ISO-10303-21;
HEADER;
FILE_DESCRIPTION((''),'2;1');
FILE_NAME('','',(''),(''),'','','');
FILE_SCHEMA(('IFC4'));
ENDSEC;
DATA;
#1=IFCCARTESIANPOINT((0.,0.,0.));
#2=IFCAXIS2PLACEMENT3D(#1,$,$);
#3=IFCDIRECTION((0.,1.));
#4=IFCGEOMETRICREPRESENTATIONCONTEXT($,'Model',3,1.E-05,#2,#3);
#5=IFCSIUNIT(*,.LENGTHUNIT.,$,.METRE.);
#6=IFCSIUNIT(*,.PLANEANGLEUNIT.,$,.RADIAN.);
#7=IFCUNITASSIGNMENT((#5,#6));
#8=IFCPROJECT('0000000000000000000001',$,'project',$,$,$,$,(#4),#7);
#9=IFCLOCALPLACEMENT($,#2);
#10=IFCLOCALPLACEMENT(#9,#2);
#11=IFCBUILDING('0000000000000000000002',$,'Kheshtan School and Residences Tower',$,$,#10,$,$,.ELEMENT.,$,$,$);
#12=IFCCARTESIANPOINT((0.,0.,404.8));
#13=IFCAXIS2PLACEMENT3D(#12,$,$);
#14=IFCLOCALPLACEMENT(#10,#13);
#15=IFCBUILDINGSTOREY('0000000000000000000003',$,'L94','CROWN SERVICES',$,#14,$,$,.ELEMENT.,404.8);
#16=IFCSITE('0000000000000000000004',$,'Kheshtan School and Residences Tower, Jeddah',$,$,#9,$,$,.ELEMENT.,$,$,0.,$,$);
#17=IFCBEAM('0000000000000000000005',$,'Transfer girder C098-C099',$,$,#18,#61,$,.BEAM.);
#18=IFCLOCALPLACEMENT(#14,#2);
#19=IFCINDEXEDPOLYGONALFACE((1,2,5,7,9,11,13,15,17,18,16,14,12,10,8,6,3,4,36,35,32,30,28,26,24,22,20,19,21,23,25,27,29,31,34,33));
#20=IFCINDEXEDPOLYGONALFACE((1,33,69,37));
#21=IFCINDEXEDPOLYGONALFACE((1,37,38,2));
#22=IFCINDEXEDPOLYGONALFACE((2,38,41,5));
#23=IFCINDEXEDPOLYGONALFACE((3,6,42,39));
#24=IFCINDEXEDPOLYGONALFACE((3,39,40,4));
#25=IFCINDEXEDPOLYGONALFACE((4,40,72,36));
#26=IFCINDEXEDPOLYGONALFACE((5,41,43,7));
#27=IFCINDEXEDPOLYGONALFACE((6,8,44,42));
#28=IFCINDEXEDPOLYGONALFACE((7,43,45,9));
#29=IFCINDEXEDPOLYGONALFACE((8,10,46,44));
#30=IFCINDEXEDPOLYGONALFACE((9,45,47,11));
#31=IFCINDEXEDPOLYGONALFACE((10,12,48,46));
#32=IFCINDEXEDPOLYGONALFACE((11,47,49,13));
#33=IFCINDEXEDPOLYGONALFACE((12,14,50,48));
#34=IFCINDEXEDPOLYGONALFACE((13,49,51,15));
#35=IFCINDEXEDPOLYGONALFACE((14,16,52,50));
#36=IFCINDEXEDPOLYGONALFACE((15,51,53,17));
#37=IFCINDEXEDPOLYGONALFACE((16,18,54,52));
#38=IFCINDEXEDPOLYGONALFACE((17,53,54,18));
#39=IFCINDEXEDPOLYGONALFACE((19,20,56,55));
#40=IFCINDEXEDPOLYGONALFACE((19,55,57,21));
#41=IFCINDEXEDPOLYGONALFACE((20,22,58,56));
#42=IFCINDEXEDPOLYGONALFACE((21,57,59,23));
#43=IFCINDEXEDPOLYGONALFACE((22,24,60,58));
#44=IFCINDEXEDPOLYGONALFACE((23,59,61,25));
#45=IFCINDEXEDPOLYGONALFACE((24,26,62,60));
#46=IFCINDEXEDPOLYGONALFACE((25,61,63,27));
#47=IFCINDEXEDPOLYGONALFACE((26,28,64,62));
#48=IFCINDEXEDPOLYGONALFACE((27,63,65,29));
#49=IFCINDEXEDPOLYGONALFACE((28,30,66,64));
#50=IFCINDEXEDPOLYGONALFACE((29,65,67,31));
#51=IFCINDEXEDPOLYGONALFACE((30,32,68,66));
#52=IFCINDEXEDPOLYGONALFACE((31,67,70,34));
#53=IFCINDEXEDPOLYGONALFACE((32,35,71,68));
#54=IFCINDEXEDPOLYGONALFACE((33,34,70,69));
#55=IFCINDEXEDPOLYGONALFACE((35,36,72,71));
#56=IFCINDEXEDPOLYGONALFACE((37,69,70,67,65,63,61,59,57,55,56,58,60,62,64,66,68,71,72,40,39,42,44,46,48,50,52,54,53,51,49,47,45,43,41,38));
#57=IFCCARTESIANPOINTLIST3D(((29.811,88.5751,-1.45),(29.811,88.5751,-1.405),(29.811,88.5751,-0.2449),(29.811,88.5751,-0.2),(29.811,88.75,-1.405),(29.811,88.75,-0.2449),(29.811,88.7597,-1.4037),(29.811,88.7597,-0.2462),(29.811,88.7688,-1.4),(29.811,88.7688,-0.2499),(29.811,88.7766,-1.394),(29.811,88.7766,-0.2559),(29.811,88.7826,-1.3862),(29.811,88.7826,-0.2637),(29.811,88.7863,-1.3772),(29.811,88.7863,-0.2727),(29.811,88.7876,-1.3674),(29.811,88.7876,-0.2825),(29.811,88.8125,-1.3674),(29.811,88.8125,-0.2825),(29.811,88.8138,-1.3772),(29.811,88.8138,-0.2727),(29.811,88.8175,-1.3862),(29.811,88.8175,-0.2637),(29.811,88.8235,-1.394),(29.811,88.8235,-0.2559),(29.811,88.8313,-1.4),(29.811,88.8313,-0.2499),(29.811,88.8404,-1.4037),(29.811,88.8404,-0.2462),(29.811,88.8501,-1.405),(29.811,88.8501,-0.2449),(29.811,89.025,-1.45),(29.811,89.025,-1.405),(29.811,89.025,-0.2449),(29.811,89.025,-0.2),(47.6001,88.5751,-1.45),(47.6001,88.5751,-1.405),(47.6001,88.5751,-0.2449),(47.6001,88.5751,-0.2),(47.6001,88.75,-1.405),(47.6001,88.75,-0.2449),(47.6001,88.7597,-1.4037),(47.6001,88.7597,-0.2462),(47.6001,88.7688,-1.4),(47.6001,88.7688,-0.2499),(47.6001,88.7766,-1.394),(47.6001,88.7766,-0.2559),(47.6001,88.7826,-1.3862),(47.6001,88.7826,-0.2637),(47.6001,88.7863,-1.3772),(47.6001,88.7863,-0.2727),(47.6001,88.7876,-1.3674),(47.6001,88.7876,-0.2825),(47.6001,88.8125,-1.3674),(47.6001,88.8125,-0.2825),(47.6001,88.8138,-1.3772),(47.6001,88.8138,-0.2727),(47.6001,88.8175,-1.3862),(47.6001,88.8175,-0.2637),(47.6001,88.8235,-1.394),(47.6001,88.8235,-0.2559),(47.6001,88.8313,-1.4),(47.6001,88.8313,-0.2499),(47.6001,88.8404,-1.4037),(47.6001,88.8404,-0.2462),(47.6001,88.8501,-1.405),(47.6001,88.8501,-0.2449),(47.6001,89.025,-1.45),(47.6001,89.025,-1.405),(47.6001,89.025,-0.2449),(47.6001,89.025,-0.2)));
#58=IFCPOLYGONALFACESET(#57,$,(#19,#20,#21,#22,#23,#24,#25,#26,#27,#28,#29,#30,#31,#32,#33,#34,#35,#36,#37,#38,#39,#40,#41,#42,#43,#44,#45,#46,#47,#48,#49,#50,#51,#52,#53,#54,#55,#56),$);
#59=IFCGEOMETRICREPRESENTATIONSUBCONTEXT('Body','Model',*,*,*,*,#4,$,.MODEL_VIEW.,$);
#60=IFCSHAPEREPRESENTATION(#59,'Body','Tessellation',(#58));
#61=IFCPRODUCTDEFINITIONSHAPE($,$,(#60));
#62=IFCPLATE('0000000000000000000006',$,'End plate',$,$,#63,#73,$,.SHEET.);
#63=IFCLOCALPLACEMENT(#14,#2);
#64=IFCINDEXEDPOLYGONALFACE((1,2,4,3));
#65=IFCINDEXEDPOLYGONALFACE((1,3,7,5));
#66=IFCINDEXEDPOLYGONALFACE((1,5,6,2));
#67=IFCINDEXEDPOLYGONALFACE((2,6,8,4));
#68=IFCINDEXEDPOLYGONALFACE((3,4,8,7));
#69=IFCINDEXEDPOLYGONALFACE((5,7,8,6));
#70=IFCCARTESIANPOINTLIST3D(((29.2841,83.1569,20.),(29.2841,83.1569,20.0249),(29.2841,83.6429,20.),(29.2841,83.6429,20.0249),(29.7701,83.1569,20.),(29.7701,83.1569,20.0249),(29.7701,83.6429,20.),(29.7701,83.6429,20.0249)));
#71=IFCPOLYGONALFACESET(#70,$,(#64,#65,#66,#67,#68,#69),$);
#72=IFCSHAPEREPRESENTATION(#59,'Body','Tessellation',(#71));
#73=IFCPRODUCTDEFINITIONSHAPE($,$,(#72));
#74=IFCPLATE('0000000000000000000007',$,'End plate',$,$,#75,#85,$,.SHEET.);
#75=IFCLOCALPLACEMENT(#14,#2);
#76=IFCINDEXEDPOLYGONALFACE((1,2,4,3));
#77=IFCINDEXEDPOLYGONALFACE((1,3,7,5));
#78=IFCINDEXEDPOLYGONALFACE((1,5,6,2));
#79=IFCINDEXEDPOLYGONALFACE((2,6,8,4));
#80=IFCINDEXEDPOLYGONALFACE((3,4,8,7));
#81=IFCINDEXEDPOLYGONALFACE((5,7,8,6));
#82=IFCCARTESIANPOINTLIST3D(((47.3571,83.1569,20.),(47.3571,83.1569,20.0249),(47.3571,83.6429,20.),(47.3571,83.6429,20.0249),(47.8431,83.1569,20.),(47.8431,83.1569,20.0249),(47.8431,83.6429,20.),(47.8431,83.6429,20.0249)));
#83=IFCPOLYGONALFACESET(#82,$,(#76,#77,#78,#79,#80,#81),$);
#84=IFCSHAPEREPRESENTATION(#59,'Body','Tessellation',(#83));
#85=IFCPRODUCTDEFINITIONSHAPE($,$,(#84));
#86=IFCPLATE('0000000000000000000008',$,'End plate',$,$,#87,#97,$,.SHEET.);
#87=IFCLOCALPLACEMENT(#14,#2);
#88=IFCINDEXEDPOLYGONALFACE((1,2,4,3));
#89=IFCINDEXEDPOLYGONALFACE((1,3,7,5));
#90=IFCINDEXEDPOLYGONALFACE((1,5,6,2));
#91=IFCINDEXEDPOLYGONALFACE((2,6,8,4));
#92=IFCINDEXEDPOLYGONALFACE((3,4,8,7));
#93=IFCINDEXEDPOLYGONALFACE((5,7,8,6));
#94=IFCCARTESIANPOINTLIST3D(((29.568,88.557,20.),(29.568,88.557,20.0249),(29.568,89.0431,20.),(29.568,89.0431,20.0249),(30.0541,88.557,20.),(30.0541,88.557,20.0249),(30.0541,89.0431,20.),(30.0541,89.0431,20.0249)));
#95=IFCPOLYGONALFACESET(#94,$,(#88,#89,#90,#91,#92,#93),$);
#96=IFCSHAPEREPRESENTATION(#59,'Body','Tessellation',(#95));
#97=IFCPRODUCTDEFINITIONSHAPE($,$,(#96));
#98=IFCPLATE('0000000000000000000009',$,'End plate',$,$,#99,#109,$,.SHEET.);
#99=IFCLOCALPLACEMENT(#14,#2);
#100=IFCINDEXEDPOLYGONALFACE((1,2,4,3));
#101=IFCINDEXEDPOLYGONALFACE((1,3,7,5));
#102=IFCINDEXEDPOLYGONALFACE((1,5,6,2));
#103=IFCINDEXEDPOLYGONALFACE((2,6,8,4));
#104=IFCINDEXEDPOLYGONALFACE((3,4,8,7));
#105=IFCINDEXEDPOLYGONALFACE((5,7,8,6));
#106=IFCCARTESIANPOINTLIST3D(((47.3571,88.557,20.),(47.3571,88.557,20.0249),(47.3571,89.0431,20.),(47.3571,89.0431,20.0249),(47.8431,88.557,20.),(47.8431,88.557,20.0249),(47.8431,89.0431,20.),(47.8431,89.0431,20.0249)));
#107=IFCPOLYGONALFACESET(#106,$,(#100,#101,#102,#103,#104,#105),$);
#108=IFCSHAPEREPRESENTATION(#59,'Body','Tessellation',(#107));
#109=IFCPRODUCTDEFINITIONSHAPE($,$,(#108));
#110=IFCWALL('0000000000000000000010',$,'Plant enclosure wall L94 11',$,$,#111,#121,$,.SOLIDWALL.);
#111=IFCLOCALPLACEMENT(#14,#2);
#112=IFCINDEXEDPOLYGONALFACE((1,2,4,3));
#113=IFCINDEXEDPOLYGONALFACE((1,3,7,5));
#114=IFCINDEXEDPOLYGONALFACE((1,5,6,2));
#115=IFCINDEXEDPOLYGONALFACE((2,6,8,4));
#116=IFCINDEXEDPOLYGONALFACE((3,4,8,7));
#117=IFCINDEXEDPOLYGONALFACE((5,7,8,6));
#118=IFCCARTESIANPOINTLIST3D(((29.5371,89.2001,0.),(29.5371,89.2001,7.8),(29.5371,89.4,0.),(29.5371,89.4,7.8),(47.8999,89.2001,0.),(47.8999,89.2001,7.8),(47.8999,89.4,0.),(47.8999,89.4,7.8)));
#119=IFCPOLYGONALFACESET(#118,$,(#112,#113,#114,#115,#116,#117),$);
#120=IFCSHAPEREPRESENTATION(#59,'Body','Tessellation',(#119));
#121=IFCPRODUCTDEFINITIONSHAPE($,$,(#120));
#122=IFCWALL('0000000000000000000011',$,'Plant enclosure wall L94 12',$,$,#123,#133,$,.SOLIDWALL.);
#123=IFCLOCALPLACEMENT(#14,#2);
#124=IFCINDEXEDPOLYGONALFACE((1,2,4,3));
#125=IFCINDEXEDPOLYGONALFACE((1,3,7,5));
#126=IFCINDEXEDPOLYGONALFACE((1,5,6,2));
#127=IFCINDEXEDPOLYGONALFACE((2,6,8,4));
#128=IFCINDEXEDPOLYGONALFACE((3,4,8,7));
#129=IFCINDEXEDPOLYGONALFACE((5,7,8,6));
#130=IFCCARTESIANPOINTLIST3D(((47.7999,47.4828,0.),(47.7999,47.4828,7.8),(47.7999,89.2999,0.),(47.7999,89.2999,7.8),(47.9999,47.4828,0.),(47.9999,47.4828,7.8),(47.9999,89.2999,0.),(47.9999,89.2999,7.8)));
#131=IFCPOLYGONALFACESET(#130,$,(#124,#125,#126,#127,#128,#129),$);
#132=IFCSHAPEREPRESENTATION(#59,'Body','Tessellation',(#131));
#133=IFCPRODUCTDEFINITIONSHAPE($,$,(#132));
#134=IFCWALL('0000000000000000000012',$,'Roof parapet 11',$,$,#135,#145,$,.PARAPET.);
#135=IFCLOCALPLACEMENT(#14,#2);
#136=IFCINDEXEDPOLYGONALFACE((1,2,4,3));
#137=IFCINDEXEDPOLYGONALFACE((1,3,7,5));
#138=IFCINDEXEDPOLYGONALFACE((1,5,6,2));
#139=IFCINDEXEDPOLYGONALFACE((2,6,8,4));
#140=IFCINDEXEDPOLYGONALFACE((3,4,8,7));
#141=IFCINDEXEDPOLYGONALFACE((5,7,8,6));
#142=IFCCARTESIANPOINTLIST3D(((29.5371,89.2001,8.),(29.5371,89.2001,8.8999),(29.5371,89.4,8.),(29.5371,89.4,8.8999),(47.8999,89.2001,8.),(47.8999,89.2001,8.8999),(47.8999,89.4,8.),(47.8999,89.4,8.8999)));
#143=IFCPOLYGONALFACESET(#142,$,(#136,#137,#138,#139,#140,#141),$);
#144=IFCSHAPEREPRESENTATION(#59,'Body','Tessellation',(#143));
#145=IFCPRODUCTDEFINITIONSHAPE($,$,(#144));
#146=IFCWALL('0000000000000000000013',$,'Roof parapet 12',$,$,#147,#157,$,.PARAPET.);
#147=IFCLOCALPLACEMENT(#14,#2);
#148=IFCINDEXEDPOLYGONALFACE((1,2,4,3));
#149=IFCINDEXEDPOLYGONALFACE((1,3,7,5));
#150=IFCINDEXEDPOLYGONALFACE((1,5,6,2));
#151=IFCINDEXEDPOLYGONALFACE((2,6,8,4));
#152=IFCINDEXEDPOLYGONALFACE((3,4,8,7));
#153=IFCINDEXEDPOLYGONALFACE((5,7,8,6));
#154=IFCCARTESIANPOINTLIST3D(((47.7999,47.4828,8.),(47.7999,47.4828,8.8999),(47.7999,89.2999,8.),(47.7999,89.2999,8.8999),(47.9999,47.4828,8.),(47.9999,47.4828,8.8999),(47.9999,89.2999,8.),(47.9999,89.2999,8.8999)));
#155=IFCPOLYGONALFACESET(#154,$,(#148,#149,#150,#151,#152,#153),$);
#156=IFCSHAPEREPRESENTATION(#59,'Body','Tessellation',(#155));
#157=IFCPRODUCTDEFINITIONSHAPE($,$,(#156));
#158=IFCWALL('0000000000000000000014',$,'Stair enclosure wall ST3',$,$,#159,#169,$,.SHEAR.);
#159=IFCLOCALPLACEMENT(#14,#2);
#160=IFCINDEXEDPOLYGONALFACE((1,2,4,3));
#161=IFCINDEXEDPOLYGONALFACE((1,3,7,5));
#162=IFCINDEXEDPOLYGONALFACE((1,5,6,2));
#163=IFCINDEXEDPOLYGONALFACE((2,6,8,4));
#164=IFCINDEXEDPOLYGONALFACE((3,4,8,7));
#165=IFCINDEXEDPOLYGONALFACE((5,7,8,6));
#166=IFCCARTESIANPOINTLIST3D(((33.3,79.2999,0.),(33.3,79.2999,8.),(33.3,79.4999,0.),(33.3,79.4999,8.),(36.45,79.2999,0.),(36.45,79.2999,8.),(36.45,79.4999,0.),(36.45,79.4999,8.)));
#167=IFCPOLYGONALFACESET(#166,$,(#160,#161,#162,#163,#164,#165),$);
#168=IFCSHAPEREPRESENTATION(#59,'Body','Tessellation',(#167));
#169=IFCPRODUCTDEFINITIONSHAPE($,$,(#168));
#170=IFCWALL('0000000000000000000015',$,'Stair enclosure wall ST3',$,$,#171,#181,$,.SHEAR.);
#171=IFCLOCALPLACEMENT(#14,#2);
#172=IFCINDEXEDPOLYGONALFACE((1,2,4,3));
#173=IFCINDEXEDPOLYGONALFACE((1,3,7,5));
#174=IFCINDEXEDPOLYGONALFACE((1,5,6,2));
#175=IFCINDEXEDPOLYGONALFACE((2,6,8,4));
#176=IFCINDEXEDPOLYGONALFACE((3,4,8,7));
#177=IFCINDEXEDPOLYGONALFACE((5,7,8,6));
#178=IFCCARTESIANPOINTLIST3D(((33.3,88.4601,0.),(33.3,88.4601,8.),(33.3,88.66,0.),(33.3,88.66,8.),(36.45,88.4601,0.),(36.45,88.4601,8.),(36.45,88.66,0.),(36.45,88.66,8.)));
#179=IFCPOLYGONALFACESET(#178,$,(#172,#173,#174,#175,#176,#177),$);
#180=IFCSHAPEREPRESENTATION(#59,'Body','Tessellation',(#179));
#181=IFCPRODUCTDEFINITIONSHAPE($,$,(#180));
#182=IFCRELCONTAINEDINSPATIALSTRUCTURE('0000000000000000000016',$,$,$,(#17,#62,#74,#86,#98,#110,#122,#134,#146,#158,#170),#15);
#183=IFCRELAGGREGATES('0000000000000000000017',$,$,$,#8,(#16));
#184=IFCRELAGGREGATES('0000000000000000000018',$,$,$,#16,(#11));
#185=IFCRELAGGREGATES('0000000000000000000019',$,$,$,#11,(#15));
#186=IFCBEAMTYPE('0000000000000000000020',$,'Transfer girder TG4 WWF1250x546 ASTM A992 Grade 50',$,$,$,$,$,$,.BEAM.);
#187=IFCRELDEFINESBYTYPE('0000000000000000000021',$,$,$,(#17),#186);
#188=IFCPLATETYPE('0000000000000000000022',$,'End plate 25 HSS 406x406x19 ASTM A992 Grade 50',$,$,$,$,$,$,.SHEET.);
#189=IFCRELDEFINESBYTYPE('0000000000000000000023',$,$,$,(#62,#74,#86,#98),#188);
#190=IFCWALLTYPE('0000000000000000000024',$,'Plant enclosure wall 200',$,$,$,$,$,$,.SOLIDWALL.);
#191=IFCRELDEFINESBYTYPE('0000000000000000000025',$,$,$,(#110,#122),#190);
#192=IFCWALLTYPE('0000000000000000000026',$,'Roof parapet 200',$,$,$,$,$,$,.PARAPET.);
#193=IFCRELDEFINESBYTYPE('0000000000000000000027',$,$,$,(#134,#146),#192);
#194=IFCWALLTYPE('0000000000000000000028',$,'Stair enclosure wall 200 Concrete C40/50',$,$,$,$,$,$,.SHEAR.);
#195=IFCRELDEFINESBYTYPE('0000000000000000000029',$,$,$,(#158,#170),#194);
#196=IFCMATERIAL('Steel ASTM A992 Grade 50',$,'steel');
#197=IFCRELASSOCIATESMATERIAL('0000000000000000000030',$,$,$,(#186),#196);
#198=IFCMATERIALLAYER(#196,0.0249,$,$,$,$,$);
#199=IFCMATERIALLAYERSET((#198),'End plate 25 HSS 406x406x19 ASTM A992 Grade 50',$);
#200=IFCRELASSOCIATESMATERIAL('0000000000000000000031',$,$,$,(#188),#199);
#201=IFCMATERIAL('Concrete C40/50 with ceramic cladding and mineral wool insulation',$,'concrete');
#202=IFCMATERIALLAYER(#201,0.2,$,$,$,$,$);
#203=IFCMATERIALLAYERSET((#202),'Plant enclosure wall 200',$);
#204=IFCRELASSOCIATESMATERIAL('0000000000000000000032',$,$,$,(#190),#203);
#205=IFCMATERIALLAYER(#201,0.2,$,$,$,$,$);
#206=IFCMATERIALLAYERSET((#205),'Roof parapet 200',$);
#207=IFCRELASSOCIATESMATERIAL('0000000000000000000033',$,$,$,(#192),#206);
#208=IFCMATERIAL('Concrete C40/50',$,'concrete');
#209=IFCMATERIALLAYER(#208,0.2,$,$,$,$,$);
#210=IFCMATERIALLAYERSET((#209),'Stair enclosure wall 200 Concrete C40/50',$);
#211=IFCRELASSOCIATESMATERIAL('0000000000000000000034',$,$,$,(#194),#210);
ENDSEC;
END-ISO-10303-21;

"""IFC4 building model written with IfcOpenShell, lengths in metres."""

from ifc_helpers import new_model, si_unit, direction, frame, frame_2d, origin, origin_2d, place, context, subcontext, project, spatial, rectangle, i_section, extrude, material, layer, layer_set, material_profile, profile_set, type_object, element, save


model = new_model("IFC4")

# Units and contexts
model_context = context("Model", 3, precision=1e-05, world=origin(), true_north=direction((0.0, 1.0)))
body_context = subcontext(model_context, "Body", "Model", "MODEL_VIEW")
ifc_project = project(units=[si_unit("LENGTHUNIT", "METRE"), si_unit("PLANEANGLEUNIT", "RADIAN")], contexts=[model_context])

# Site, building, storey
site_placement = place(None, origin())
site = spatial("IfcSite", under=ifc_project, at=site_placement, Name="Kheshtan School and Residences Tower, Jeddah", CompositionType="ELEMENT", RefElevation=0.0)
building_placement = place(site_placement, origin())
building = spatial("IfcBuilding", under=site, at=building_placement, Name="Kheshtan School and Residences Tower", CompositionType="ELEMENT")
storey_placement = place(building_placement, frame((0.0, 0.0, 404.8)))
storey = spatial("IfcBuildingStorey", under=building, at=storey_placement, Name="L94", Description="CROWN SERVICES", CompositionType="ELEMENT", Elevation=404.8)

# Shared definitions
ifc_material_1 = material(Name="Steel ASTM A992 Grade 50", Category="steel")

# Beam
ifc_material_profile_1 = material_profile(ifc_material_1, i_section(OverallWidth=0.45, OverallDepth=1.25, WebThickness=0.0249, FlangeThickness=0.0449, FilletRadius=0.0376, at=origin_2d()), Name="WWF1250x546")
ifc_profile_set_1 = profile_set([ifc_material_profile_1], Name="Steel ASTM A992 Grade 50")
beam_type_1 = type_object("IfcBeamType", Name="Transfer girder TG4 WWF1250x546 ASTM A992 Grade 50", PredefinedType="BEAM", material=ifc_profile_set_1)
beam_1_placement = place(storey_placement, frame((29.811, 88.8, -0.825), z_axis=(1.0, 0.0, 0.0), x_axis=(0.0, 1.0, 0.0)))
element("IfcBeam", 1, at=beam_1_placement, inside=storey, type_object=beam_type_1, Name="Transfer girder C098-C099", PredefinedType="BEAM", context=body_context, shape_type="SweptSolid", body=[
    extrude(i_section(OverallWidth=0.45, OverallDepth=1.25, WebThickness=0.0249, FlangeThickness=0.0449, FilletRadius=0.0376, at=origin_2d()), origin(), (0.0, 0.0, 1.0), 17.7891),
])

# Plates
ifc_layer_1 = layer(ifc_material_1, 0.0249)
ifc_layer_set_1 = layer_set([ifc_layer_1], Name="End plate 25 HSS 406x406x19 ASTM A992 Grade 50")
plate_type = type_object("IfcPlateType", Name="End plate 25 HSS 406x406x19 ASTM A992 Grade 50", PredefinedType="SHEET", material=ifc_layer_set_1)
for number, where, z_axis, x_axis, name in (
    (2, (29.5271, 83.3999, 20.0), (0.0, 0.0, 1.0), (1.0, 0.0, 0.0), "End plate"),
    (3, (47.6001, 83.3999, 20.0), (0.0, 0.0, 1.0), (1.0, 0.0, 0.0), "End plate"),
    (4, (29.811, 88.8, 20.0), (0.0, 0.0, 1.0), (1.0, 0.0, 0.0), "End plate"),
    (5, (47.6001, 88.8, 20.0), (0.0, 0.0, 1.0), (1.0, 0.0, 0.0), "End plate"),
):
    element("IfcPlate", number, at=place(storey_placement, frame(where, z_axis=z_axis, x_axis=x_axis)), inside=storey, type_object=plate_type, Name=name, PredefinedType="SHEET", context=body_context, shape_type="SweptSolid", body=[
        extrude(rectangle(XDim=0.4861, YDim=0.4861, at=origin_2d()), origin(), (0.0, 0.0, 1.0), 0.0249),
    ])

# Walls
ifc_material_2 = material(Name="Concrete C40/50 with ceramic cladding and mineral wool insulation", Category="concrete")
ifc_layer_2 = layer(ifc_material_2, 0.2)
ifc_layer_set_2 = layer_set([ifc_layer_2], Name="Plant enclosure wall 200")
wall_type_1 = type_object("IfcWallType", Name="Plant enclosure wall 200", PredefinedType="SOLIDWALL", material=ifc_layer_set_2)
wall_1_placement = place(storey_placement, frame((29.5371, 89.3, 0.0), z_axis=(0.0, 0.0, 1.0), x_axis=(1.0, 0.0, 0.0)))
element("IfcWall", 6, at=wall_1_placement, inside=storey, type_object=wall_type_1, Name="Plant enclosure wall L94 11", PredefinedType="SOLIDWALL", context=body_context, shape_type="SweptSolid", body=[
    extrude(rectangle(XDim=18.3628, YDim=0.2, at=frame_2d((9.1814, 0.0))), origin(), (0.0, 0.0, 1.0), 7.8),
])
wall_2_placement = place(storey_placement, frame((47.8999, 89.3, 0.0), z_axis=(0.0, 0.0, 1.0), x_axis=(0.0, -1.0, 0.0)))
element("IfcWall", 7, at=wall_2_placement, inside=storey, type_object=wall_type_1, Name="Plant enclosure wall L94 12", PredefinedType="SOLIDWALL", context=body_context, shape_type="SweptSolid", body=[
    extrude(rectangle(XDim=41.8171, YDim=0.2, at=frame_2d((20.9087, 0.0))), origin(), (0.0, 0.0, 1.0), 7.8),
])
ifc_layer_3 = layer(ifc_material_2, 0.2)
ifc_layer_set_3 = layer_set([ifc_layer_3], Name="Roof parapet 200")
wall_type_2 = type_object("IfcWallType", Name="Roof parapet 200", PredefinedType="PARAPET", material=ifc_layer_set_3)
wall_3_placement = place(storey_placement, frame((29.5371, 89.3, 8.0), z_axis=(0.0, 0.0, 1.0), x_axis=(1.0, 0.0, 0.0)))
element("IfcWall", 8, at=wall_3_placement, inside=storey, type_object=wall_type_2, Name="Roof parapet 11", PredefinedType="PARAPET", context=body_context, shape_type="SweptSolid", body=[
    extrude(rectangle(XDim=18.3628, YDim=0.2, at=frame_2d((9.1814, 0.0))), origin(), (0.0, 0.0, 1.0), 0.8999),
])
wall_4_placement = place(storey_placement, frame((47.8999, 89.3, 8.0), z_axis=(0.0, 0.0, 1.0), x_axis=(0.0, -1.0, 0.0)))
element("IfcWall", 9, at=wall_4_placement, inside=storey, type_object=wall_type_2, Name="Roof parapet 12", PredefinedType="PARAPET", context=body_context, shape_type="SweptSolid", body=[
    extrude(rectangle(XDim=41.8171, YDim=0.2, at=frame_2d((20.9087, 0.0))), origin(), (0.0, 0.0, 1.0), 0.8999),
])
ifc_material_3 = material(Name="Concrete C40/50", Category="concrete")
ifc_layer_4 = layer(ifc_material_3, 0.2)
ifc_layer_set_4 = layer_set([ifc_layer_4], Name="Stair enclosure wall 200 Concrete C40/50")
wall_type_3 = type_object("IfcWallType", Name="Stair enclosure wall 200 Concrete C40/50", PredefinedType="SHEAR", material=ifc_layer_set_4)
for number, where, z_axis, x_axis, name in (
    (10, (33.3, 79.3999, 0.0), (0.0, 0.0, 1.0), (1.0, 0.0, 0.0), "Stair enclosure wall ST3"),
    (11, (33.3, 88.5601, 0.0), (0.0, 0.0, 1.0), (1.0, 0.0, 0.0), "Stair enclosure wall ST3"),
):
    element("IfcWall", number, at=place(storey_placement, frame(where, z_axis=z_axis, x_axis=x_axis)), inside=storey, type_object=wall_type_3, Name=name, PredefinedType="SHEAR", context=body_context, shape_type="SweptSolid", body=[
        extrude(rectangle(XDim=3.1499, YDim=0.2, at=frame_2d((1.575, 0.0))), origin(), (0.0, 0.0, 1.0), 8.0),
    ])

save(model, "model.ifc")
